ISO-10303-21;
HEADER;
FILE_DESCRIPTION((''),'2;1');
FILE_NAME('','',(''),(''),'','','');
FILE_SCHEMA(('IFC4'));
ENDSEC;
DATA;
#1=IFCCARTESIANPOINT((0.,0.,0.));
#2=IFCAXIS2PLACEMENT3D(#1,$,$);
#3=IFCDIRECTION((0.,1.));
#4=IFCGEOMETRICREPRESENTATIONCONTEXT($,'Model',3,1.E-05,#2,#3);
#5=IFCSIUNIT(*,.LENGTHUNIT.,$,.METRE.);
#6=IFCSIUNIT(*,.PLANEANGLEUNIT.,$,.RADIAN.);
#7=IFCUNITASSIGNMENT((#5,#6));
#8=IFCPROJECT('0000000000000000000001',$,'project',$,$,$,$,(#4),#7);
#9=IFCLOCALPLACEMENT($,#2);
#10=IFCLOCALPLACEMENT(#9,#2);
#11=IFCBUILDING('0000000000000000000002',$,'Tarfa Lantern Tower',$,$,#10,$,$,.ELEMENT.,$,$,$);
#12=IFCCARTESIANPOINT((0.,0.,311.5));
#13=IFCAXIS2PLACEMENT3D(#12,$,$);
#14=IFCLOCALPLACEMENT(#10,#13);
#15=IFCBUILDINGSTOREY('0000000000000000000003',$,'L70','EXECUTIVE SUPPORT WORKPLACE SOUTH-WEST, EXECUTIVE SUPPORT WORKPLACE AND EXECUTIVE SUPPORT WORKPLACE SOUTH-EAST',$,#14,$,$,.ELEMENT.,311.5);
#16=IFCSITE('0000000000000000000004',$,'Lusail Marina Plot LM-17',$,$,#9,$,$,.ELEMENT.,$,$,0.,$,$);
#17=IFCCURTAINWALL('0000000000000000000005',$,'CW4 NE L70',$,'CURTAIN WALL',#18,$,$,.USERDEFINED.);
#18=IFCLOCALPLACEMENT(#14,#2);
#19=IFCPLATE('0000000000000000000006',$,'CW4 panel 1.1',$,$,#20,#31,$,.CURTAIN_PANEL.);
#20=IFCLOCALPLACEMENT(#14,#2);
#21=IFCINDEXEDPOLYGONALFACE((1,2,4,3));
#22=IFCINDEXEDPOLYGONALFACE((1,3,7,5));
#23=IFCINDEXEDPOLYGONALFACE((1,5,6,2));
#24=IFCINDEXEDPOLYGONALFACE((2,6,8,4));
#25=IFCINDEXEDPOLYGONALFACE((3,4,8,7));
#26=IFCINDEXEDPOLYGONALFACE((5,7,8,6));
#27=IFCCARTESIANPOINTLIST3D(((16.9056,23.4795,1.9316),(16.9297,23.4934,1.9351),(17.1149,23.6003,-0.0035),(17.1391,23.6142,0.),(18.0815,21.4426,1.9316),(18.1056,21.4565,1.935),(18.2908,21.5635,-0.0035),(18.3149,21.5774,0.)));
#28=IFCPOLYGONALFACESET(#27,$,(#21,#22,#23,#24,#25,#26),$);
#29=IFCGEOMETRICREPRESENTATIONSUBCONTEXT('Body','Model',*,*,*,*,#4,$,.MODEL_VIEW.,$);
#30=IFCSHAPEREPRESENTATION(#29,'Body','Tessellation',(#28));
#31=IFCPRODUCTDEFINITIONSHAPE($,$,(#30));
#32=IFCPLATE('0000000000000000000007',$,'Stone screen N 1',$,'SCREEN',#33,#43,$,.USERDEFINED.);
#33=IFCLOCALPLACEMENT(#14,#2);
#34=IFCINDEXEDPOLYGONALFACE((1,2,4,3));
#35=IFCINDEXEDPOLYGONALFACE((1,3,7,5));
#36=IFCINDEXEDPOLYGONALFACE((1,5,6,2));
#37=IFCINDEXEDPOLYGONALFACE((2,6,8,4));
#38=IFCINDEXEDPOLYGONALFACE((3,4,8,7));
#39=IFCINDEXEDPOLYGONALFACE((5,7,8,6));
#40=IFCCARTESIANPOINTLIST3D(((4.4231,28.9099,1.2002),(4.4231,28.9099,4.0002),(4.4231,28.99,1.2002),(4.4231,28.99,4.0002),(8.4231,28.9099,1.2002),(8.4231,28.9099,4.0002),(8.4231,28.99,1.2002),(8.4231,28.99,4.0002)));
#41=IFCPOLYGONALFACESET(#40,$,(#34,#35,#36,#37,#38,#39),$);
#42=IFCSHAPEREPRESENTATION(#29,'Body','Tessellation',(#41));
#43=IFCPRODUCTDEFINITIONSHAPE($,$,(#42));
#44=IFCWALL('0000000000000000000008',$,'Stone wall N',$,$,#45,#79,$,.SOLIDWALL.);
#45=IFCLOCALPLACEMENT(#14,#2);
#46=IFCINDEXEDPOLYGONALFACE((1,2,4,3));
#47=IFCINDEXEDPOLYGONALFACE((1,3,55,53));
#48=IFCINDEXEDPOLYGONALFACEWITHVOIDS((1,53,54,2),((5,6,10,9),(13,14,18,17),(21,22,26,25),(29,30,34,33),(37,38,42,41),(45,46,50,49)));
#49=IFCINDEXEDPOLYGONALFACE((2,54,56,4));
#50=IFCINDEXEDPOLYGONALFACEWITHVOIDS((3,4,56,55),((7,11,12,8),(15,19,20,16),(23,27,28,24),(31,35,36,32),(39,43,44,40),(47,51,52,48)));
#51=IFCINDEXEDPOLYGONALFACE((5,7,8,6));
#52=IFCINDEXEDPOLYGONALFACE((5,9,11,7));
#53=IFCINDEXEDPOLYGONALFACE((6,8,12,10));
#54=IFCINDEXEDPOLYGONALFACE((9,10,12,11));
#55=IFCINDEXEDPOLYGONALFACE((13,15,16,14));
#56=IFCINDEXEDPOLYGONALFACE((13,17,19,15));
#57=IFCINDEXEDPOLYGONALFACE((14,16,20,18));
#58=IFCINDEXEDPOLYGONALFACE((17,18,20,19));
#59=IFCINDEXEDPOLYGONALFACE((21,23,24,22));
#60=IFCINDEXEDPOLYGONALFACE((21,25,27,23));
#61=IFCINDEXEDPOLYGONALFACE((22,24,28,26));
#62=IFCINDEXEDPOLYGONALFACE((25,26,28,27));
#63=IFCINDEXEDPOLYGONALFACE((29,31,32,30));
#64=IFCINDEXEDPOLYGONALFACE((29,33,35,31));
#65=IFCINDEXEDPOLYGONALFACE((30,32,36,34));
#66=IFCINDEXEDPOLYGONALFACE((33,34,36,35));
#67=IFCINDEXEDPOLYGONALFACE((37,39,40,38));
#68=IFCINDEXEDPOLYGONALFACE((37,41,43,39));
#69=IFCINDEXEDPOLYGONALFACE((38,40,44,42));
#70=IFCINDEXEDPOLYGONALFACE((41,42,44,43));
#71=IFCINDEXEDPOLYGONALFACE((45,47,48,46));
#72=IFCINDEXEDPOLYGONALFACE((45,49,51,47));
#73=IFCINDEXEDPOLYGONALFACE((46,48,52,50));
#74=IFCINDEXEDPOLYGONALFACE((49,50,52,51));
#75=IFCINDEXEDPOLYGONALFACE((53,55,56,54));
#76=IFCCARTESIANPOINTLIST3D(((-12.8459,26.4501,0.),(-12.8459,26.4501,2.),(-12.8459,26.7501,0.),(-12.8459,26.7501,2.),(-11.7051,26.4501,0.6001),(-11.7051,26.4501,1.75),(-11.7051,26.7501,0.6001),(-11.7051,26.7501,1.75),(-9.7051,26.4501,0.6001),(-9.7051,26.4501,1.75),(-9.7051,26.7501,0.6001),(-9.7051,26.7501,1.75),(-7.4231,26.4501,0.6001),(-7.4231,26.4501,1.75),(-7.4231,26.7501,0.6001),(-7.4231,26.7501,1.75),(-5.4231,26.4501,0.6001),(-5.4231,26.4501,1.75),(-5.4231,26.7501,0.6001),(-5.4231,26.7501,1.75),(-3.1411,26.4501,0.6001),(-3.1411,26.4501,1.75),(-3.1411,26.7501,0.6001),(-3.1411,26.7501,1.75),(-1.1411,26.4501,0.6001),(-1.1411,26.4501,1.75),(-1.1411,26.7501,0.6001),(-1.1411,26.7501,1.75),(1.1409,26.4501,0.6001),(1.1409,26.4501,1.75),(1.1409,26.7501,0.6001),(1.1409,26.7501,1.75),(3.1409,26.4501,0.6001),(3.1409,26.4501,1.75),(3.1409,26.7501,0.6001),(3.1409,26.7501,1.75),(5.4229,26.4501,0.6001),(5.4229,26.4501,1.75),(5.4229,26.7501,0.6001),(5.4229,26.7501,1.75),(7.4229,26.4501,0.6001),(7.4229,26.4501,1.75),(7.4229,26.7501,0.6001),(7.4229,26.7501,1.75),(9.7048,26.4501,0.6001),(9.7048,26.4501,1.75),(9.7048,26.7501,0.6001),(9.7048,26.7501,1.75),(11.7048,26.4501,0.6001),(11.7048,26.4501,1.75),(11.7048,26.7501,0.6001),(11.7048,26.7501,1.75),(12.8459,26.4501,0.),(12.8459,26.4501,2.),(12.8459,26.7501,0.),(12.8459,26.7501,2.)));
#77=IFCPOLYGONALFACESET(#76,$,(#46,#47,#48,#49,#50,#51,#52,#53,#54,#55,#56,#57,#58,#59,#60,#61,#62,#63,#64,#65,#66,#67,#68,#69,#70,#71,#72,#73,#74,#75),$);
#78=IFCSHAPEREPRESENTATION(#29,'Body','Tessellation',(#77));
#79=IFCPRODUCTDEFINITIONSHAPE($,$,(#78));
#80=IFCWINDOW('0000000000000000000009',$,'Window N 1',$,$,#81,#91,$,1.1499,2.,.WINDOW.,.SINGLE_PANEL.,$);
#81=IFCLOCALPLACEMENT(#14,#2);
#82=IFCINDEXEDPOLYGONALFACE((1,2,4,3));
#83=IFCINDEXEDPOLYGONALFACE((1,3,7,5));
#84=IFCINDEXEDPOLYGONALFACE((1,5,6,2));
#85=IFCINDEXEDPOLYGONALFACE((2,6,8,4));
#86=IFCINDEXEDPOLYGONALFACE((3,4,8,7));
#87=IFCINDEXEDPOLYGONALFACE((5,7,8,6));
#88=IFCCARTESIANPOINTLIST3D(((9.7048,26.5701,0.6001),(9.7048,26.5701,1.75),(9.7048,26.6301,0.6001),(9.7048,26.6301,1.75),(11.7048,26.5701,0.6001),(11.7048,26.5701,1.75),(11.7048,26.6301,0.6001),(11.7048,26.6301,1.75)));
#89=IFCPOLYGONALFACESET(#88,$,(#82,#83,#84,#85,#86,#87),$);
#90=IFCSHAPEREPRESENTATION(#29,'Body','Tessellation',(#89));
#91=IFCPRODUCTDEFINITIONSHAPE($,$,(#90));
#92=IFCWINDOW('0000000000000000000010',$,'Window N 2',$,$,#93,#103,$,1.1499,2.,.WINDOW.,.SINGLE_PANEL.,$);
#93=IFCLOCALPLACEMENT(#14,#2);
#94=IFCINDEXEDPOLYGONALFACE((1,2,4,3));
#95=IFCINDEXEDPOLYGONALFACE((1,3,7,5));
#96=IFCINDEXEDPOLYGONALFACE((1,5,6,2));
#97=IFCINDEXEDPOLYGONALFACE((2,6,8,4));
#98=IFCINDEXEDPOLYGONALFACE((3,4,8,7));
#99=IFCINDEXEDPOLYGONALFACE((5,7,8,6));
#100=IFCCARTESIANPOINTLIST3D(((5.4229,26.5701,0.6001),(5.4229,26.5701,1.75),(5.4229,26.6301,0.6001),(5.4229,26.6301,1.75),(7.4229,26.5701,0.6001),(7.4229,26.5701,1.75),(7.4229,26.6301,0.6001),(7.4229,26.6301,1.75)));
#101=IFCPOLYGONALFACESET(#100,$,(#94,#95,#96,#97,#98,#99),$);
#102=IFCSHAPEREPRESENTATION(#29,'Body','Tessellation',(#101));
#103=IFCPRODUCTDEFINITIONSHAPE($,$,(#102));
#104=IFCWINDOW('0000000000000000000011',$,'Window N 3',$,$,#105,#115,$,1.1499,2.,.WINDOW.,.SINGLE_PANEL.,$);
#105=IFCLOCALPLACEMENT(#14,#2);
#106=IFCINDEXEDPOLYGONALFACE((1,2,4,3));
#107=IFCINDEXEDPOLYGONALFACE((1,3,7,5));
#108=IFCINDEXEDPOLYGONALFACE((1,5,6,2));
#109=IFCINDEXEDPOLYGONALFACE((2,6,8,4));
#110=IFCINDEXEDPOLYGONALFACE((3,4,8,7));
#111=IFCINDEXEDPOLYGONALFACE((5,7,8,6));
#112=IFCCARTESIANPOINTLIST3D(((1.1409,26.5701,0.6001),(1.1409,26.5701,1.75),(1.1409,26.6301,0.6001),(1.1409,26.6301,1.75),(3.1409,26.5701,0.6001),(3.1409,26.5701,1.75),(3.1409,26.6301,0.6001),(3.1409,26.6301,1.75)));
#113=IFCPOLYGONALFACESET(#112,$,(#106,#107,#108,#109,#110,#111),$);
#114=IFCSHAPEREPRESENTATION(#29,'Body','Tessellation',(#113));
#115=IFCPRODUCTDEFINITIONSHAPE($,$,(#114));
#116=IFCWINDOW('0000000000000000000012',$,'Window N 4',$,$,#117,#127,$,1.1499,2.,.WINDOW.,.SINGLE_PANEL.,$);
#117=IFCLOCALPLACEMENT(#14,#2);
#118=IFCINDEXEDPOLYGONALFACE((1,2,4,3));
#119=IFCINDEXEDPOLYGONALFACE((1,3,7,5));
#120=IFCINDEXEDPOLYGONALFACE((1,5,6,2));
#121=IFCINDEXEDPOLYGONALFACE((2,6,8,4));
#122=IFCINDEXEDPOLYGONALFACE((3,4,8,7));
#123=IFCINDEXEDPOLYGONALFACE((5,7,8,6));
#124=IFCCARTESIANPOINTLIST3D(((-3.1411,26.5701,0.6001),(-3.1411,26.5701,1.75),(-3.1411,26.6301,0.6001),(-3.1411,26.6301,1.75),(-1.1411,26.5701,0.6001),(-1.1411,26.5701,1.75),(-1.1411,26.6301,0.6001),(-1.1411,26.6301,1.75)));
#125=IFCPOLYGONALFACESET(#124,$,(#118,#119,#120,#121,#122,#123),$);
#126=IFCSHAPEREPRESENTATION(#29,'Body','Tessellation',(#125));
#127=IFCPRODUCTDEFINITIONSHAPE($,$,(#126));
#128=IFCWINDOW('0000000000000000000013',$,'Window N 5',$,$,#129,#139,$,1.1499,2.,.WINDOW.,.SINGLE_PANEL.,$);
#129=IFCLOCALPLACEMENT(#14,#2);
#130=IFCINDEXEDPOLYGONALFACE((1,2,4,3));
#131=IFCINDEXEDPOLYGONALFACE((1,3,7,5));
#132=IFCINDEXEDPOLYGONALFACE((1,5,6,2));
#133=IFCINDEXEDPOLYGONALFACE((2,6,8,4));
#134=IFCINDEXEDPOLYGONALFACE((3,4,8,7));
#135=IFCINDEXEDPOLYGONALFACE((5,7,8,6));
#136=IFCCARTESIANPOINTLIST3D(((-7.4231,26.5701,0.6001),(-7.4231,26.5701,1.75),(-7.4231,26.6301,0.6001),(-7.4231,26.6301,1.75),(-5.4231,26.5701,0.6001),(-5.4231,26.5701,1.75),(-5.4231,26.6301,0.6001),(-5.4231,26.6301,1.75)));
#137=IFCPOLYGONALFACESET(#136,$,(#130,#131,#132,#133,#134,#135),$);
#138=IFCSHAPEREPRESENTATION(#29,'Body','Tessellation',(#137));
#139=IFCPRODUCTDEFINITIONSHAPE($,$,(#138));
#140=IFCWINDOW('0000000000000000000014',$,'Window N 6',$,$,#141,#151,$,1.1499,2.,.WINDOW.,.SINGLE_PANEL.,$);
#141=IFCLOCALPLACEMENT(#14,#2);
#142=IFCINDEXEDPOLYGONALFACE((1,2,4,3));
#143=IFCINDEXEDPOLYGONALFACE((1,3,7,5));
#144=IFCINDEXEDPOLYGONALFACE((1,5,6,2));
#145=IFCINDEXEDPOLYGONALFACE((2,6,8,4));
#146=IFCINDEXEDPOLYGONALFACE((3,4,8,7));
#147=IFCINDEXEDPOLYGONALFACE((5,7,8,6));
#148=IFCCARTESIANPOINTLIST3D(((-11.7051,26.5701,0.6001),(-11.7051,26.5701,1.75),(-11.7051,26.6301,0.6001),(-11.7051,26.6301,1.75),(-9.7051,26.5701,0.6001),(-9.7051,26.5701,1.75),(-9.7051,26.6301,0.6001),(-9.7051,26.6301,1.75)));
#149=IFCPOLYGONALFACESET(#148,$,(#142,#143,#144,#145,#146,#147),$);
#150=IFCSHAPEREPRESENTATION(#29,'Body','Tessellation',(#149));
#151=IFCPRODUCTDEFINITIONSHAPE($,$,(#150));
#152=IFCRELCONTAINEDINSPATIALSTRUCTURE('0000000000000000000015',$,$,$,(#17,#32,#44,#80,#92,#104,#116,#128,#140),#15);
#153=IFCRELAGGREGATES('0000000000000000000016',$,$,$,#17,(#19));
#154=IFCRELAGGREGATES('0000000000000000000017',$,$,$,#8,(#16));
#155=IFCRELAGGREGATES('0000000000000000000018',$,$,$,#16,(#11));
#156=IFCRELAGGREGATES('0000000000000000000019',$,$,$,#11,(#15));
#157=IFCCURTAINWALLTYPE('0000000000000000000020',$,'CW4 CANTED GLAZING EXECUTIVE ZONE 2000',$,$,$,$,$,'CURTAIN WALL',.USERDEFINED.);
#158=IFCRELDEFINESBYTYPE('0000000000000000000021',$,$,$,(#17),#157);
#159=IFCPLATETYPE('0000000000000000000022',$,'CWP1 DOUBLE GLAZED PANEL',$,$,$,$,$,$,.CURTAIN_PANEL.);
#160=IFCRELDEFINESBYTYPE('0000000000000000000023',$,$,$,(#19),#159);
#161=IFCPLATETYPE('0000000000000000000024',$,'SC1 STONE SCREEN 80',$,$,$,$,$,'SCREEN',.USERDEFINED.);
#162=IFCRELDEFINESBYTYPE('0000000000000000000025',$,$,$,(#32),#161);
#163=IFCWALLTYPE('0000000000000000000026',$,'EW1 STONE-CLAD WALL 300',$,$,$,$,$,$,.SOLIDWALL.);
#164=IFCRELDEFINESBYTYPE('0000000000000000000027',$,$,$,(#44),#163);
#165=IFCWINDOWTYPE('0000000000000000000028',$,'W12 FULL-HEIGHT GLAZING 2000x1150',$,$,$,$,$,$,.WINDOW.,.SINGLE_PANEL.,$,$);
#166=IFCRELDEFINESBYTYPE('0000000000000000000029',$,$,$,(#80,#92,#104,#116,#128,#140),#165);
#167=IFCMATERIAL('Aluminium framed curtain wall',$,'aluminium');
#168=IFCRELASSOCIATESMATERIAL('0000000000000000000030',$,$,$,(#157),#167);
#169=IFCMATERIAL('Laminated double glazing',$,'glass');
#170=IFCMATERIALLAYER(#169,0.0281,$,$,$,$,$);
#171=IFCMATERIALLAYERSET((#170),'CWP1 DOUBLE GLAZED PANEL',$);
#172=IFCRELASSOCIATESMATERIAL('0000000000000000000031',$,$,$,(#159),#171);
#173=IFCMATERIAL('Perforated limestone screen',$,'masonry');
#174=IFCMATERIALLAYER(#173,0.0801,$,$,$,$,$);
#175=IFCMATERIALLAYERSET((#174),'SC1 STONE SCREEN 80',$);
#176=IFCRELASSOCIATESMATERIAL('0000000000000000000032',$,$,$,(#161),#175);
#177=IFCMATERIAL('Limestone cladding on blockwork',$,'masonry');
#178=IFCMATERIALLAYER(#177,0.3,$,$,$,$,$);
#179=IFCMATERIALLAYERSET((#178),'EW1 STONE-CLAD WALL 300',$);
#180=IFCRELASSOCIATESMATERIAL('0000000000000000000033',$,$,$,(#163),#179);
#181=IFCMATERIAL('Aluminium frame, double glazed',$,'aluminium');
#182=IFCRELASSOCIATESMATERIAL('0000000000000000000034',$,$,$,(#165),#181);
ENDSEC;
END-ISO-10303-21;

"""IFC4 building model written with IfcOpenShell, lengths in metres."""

from ifc_helpers import new_model, si_unit, direction, frame, frame_2d, origin, origin_2d, place, context, subcontext, project, spatial, polyline, rectangle, outline, extrude, material, layer, layer_set, type_object, element, fill, aggregate, save


model = new_model("IFC4")

# Units and contexts
model_context = context("Model", 3, precision=1e-05, world=origin(), true_north=direction((0.0, 1.0)))
body_context = subcontext(model_context, "Body", "Model", "MODEL_VIEW")
ifc_project = project(units=[si_unit("LENGTHUNIT", "METRE"), si_unit("PLANEANGLEUNIT", "RADIAN")], contexts=[model_context])

# Site, building, storey
site_placement = place(None, origin())
site = spatial("IfcSite", under=ifc_project, at=site_placement, Name="Lusail Marina Plot LM-17", CompositionType="ELEMENT", RefElevation=0.0)
building_placement = place(site_placement, origin())
building = spatial("IfcBuilding", under=site, at=building_placement, Name="Tarfa Lantern Tower", CompositionType="ELEMENT")
storey_placement = place(building_placement, frame((0.0, 0.0, 311.5)))
storey = spatial("IfcBuildingStorey", under=building, at=storey_placement, Name="L70", Description="EXECUTIVE SUPPORT WORKPLACE SOUTH-WEST, EXECUTIVE SUPPORT WORKPLACE AND EXECUTIVE SUPPORT WORKPLACE SOUTH-EAST", CompositionType="ELEMENT", Elevation=311.5)

# Curtain wall
ifc_material_1 = material(Name="Aluminium framed curtain wall", Category="aluminium")
curtain_wall_type = type_object("IfcCurtainWallType", Name="CW4 CANTED GLAZING EXECUTIVE ZONE 2000", ElementType="CURTAIN WALL", PredefinedType="USERDEFINED", material=ifc_material_1)
curtain_wall_placement = place(storey_placement, origin())
curtain_wall = element("IfcCurtainWall", 1, at=curtain_wall_placement, inside=storey, type_object=curtain_wall_type, Name="CW4 NE L70", ObjectType="CURTAIN WALL", PredefinedType="USERDEFINED")

# Plates
ifc_material_2 = material(Name="Laminated double glazing", Category="glass")
ifc_layer_1 = layer(ifc_material_2, 0.0281)
ifc_layer_set_1 = layer_set([ifc_layer_1], Name="CWP1 DOUBLE GLAZED PANEL")
plate_type_1 = type_object("IfcPlateType", Name="CWP1 DOUBLE GLAZED PANEL", PredefinedType="CURTAIN_PANEL", material=ifc_layer_set_1)
plate_1_placement = place(storey_placement, frame((18.3149, 21.5774, 0.0), z_axis=(0.859361, 0.496118, 0.123957), x_axis=(-0.499973, 0.866041, -0.000006)))
plate_1 = element("IfcPlate", 2, at=plate_1_placement, type_object=plate_type_1, Name="CW4 panel 1.1", PredefinedType="CURTAIN_PANEL", context=body_context, shape_type="SweptSolid", body=[
    extrude(outline(polyline([(0.0, 0.0), (2.3519, 0.0), (2.3519, 1.9501), (-0.0001, 1.9501), (0.0, 0.0)])), origin(), (0.0, 0.0, -1.0), 0.0281),
])
aggregate(curtain_wall, [plate_1])
ifc_material_3 = material(Name="Perforated limestone screen", Category="masonry")
ifc_layer_2 = layer(ifc_material_3, 0.0801)
ifc_layer_set_2 = layer_set([ifc_layer_2], Name="SC1 STONE SCREEN 80")
plate_type_2 = type_object("IfcPlateType", Name="SC1 STONE SCREEN 80", ElementType="SCREEN", PredefinedType="USERDEFINED", material=ifc_layer_set_2)
plate_2_placement = place(storey_placement, frame((6.4231, 28.95, 1.2002), z_axis=(0.0, 0.0, 1.0), x_axis=(-1.0, 0.0, 0.0)))
element("IfcPlate", 3, at=plate_2_placement, inside=storey, type_object=plate_type_2, Name="Stone screen N 1", ObjectType="SCREEN", PredefinedType="USERDEFINED", context=body_context, shape_type="SweptSolid", body=[
    extrude(rectangle(XDim=4.0, YDim=0.0801, at=origin_2d()), origin(), (0.0, 0.0, 1.0), 2.8),
])

# Wall, openings, windows
ifc_material_4 = material(Name="Limestone cladding on blockwork", Category="masonry")
ifc_layer_3 = layer(ifc_material_4, 0.3)
ifc_layer_set_3 = layer_set([ifc_layer_3], Name="EW1 STONE-CLAD WALL 300")
wall_type = type_object("IfcWallType", Name="EW1 STONE-CLAD WALL 300", PredefinedType="SOLIDWALL", material=ifc_layer_set_3)
wall_placement = place(storey_placement, frame((12.8459, 26.6001, 0.0), z_axis=(0.0, 0.0, 1.0), x_axis=(-1.0, 0.0, 0.0)))
wall = element("IfcWall", 4, at=wall_placement, inside=storey, type_object=wall_type, Name="Stone wall N", PredefinedType="SOLIDWALL", context=body_context, shape_type="SweptSolid", body=[
    extrude(rectangle(XDim=25.6919, YDim=0.3, at=frame_2d((12.8459, 0.0))), origin(), (0.0, 0.0, 1.0), 2.0),
])
opening_1_placement = place(wall_placement, frame((1.1411, 0.0, 0.6001)))
opening_1 = element("IfcOpeningElement", 5, at=opening_1_placement, cuts=wall, PredefinedType="OPENING", context=body_context, shape_type="SweptSolid", body=[
    extrude(rectangle(XDim=2.0, YDim=1.1499, at=frame_2d((1.0, 0.575))), frame((0.0, 0.1599, 0.0), z_axis=(0.0, -1.0, 0.0), x_axis=(1.0, 0.0, 0.0)), (0.0, 0.0, 1.0), 0.3201),
])
opening_2_placement = place(wall_placement, frame((5.4231, 0.0, 0.6001)))
opening_2 = element("IfcOpeningElement", 6, at=opening_2_placement, cuts=wall, PredefinedType="OPENING", context=body_context, shape_type="SweptSolid", body=[
    extrude(rectangle(XDim=2.0, YDim=1.1499, at=frame_2d((1.0, 0.575))), frame((0.0, 0.1599, 0.0), z_axis=(0.0, -1.0, 0.0), x_axis=(1.0, 0.0, 0.0)), (0.0, 0.0, 1.0), 0.3201),
])
opening_3_placement = place(wall_placement, frame((9.7051, 0.0, 0.6001)))
opening_3 = element("IfcOpeningElement", 7, at=opening_3_placement, cuts=wall, PredefinedType="OPENING", context=body_context, shape_type="SweptSolid", body=[
    extrude(rectangle(XDim=2.0, YDim=1.1499, at=frame_2d((1.0, 0.575))), frame((0.0, 0.1599, 0.0), z_axis=(0.0, -1.0, 0.0), x_axis=(1.0, 0.0, 0.0)), (0.0, 0.0, 1.0), 0.3201),
])
opening_4_placement = place(wall_placement, frame((13.9871, 0.0, 0.6001)))
opening_4 = element("IfcOpeningElement", 8, at=opening_4_placement, cuts=wall, PredefinedType="OPENING", context=body_context, shape_type="SweptSolid", body=[
    extrude(rectangle(XDim=2.0, YDim=1.1499, at=frame_2d((1.0, 0.575))), frame((0.0, 0.1599, 0.0), z_axis=(0.0, -1.0, 0.0), x_axis=(1.0, 0.0, 0.0)), (0.0, 0.0, 1.0), 0.3201),
])
opening_5_placement = place(wall_placement, frame((18.269, 0.0, 0.6001)))
opening_5 = element("IfcOpeningElement", 9, at=opening_5_placement, cuts=wall, PredefinedType="OPENING", context=body_context, shape_type="SweptSolid", body=[
    extrude(rectangle(XDim=2.0, YDim=1.1499, at=frame_2d((1.0, 0.575))), frame((0.0, 0.1599, 0.0), z_axis=(0.0, -1.0, 0.0), x_axis=(1.0, 0.0, 0.0)), (0.0, 0.0, 1.0), 0.3201),
])
opening_6_placement = place(wall_placement, frame((22.551, 0.0, 0.6001)))
opening_6 = element("IfcOpeningElement", 10, at=opening_6_placement, cuts=wall, PredefinedType="OPENING", context=body_context, shape_type="SweptSolid", body=[
    extrude(rectangle(XDim=2.0, YDim=1.1499, at=frame_2d((1.0, 0.575))), frame((0.0, 0.1599, 0.0), z_axis=(0.0, -1.0, 0.0), x_axis=(1.0, 0.0, 0.0)), (0.0, 0.0, 1.0), 0.3201),
])
ifc_material_5 = material(Name="Aluminium frame, double glazed", Category="aluminium")
window_type = type_object("IfcWindowType", Name="W12 FULL-HEIGHT GLAZING 2000x1150", PartitioningType="SINGLE_PANEL", PredefinedType="WINDOW", material=ifc_material_5)
window_1_placement = place(opening_1_placement, origin())
window_1 = element("IfcWindow", 11, at=window_1_placement, inside=storey, type_object=window_type, Name="Window N 1", OverallHeight=1.1499, OverallWidth=2.0, PartitioningType="SINGLE_PANEL", PredefinedType="WINDOW", context=body_context, shape_type="SweptSolid", body=[
    extrude(rectangle(XDim=2.0, YDim=1.1499, at=frame_2d((1.0, 0.575))), frame((0.0, 0.03, 0.0), z_axis=(0.0, -1.0, 0.0), x_axis=(1.0, 0.0, 0.0)), (0.0, 0.0, 1.0), 0.0601),
])
fill(opening_1, window_1)
window_2_placement = place(opening_2_placement, origin())
window_2 = element("IfcWindow", 12, at=window_2_placement, inside=storey, type_object=window_type, Name="Window N 2", OverallHeight=1.1499, OverallWidth=2.0, PartitioningType="SINGLE_PANEL", PredefinedType="WINDOW", context=body_context, shape_type="SweptSolid", body=[
    extrude(rectangle(XDim=2.0, YDim=1.1499, at=frame_2d((1.0, 0.575))), frame((0.0, 0.03, 0.0), z_axis=(0.0, -1.0, 0.0), x_axis=(1.0, 0.0, 0.0)), (0.0, 0.0, 1.0), 0.0601),
])
fill(opening_2, window_2)
window_3_placement = place(opening_3_placement, origin())
window_3 = element("IfcWindow", 13, at=window_3_placement, inside=storey, type_object=window_type, Name="Window N 3", OverallHeight=1.1499, OverallWidth=2.0, PartitioningType="SINGLE_PANEL", PredefinedType="WINDOW", context=body_context, shape_type="SweptSolid", body=[
    extrude(rectangle(XDim=2.0, YDim=1.1499, at=frame_2d((1.0, 0.575))), frame((0.0, 0.03, 0.0), z_axis=(0.0, -1.0, 0.0), x_axis=(1.0, 0.0, 0.0)), (0.0, 0.0, 1.0), 0.0601),
])
fill(opening_3, window_3)
window_4_placement = place(opening_4_placement, origin())
window_4 = element("IfcWindow", 14, at=window_4_placement, inside=storey, type_object=window_type, Name="Window N 4", OverallHeight=1.1499, OverallWidth=2.0, PartitioningType="SINGLE_PANEL", PredefinedType="WINDOW", context=body_context, shape_type="SweptSolid", body=[
    extrude(rectangle(XDim=2.0, YDim=1.1499, at=frame_2d((1.0, 0.575))), frame((0.0, 0.03, 0.0), z_axis=(0.0, -1.0, 0.0), x_axis=(1.0, 0.0, 0.0)), (0.0, 0.0, 1.0), 0.0601),
])
fill(opening_4, window_4)
window_5_placement = place(opening_5_placement, origin())
window_5 = element("IfcWindow", 15, at=window_5_placement, inside=storey, type_object=window_type, Name="Window N 5", OverallHeight=1.1499, OverallWidth=2.0, PartitioningType="SINGLE_PANEL", PredefinedType="WINDOW", context=body_context, shape_type="SweptSolid", body=[
    extrude(rectangle(XDim=2.0, YDim=1.1499, at=frame_2d((1.0, 0.575))), frame((0.0, 0.03, 0.0), z_axis=(0.0, -1.0, 0.0), x_axis=(1.0, 0.0, 0.0)), (0.0, 0.0, 1.0), 0.0601),
])
fill(opening_5, window_5)
window_6_placement = place(opening_6_placement, origin())
window_6 = element("IfcWindow", 16, at=window_6_placement, inside=storey, type_object=window_type, Name="Window N 6", OverallHeight=1.1499, OverallWidth=2.0, PartitioningType="SINGLE_PANEL", PredefinedType="WINDOW", context=body_context, shape_type="SweptSolid", body=[
    extrude(rectangle(XDim=2.0, YDim=1.1499, at=frame_2d((1.0, 0.575))), frame((0.0, 0.03, 0.0), z_axis=(0.0, -1.0, 0.0), x_axis=(1.0, 0.0, 0.0)), (0.0, 0.0, 1.0), 0.0601),
])
fill(opening_6, window_6)

save(model, "model.ifc")
